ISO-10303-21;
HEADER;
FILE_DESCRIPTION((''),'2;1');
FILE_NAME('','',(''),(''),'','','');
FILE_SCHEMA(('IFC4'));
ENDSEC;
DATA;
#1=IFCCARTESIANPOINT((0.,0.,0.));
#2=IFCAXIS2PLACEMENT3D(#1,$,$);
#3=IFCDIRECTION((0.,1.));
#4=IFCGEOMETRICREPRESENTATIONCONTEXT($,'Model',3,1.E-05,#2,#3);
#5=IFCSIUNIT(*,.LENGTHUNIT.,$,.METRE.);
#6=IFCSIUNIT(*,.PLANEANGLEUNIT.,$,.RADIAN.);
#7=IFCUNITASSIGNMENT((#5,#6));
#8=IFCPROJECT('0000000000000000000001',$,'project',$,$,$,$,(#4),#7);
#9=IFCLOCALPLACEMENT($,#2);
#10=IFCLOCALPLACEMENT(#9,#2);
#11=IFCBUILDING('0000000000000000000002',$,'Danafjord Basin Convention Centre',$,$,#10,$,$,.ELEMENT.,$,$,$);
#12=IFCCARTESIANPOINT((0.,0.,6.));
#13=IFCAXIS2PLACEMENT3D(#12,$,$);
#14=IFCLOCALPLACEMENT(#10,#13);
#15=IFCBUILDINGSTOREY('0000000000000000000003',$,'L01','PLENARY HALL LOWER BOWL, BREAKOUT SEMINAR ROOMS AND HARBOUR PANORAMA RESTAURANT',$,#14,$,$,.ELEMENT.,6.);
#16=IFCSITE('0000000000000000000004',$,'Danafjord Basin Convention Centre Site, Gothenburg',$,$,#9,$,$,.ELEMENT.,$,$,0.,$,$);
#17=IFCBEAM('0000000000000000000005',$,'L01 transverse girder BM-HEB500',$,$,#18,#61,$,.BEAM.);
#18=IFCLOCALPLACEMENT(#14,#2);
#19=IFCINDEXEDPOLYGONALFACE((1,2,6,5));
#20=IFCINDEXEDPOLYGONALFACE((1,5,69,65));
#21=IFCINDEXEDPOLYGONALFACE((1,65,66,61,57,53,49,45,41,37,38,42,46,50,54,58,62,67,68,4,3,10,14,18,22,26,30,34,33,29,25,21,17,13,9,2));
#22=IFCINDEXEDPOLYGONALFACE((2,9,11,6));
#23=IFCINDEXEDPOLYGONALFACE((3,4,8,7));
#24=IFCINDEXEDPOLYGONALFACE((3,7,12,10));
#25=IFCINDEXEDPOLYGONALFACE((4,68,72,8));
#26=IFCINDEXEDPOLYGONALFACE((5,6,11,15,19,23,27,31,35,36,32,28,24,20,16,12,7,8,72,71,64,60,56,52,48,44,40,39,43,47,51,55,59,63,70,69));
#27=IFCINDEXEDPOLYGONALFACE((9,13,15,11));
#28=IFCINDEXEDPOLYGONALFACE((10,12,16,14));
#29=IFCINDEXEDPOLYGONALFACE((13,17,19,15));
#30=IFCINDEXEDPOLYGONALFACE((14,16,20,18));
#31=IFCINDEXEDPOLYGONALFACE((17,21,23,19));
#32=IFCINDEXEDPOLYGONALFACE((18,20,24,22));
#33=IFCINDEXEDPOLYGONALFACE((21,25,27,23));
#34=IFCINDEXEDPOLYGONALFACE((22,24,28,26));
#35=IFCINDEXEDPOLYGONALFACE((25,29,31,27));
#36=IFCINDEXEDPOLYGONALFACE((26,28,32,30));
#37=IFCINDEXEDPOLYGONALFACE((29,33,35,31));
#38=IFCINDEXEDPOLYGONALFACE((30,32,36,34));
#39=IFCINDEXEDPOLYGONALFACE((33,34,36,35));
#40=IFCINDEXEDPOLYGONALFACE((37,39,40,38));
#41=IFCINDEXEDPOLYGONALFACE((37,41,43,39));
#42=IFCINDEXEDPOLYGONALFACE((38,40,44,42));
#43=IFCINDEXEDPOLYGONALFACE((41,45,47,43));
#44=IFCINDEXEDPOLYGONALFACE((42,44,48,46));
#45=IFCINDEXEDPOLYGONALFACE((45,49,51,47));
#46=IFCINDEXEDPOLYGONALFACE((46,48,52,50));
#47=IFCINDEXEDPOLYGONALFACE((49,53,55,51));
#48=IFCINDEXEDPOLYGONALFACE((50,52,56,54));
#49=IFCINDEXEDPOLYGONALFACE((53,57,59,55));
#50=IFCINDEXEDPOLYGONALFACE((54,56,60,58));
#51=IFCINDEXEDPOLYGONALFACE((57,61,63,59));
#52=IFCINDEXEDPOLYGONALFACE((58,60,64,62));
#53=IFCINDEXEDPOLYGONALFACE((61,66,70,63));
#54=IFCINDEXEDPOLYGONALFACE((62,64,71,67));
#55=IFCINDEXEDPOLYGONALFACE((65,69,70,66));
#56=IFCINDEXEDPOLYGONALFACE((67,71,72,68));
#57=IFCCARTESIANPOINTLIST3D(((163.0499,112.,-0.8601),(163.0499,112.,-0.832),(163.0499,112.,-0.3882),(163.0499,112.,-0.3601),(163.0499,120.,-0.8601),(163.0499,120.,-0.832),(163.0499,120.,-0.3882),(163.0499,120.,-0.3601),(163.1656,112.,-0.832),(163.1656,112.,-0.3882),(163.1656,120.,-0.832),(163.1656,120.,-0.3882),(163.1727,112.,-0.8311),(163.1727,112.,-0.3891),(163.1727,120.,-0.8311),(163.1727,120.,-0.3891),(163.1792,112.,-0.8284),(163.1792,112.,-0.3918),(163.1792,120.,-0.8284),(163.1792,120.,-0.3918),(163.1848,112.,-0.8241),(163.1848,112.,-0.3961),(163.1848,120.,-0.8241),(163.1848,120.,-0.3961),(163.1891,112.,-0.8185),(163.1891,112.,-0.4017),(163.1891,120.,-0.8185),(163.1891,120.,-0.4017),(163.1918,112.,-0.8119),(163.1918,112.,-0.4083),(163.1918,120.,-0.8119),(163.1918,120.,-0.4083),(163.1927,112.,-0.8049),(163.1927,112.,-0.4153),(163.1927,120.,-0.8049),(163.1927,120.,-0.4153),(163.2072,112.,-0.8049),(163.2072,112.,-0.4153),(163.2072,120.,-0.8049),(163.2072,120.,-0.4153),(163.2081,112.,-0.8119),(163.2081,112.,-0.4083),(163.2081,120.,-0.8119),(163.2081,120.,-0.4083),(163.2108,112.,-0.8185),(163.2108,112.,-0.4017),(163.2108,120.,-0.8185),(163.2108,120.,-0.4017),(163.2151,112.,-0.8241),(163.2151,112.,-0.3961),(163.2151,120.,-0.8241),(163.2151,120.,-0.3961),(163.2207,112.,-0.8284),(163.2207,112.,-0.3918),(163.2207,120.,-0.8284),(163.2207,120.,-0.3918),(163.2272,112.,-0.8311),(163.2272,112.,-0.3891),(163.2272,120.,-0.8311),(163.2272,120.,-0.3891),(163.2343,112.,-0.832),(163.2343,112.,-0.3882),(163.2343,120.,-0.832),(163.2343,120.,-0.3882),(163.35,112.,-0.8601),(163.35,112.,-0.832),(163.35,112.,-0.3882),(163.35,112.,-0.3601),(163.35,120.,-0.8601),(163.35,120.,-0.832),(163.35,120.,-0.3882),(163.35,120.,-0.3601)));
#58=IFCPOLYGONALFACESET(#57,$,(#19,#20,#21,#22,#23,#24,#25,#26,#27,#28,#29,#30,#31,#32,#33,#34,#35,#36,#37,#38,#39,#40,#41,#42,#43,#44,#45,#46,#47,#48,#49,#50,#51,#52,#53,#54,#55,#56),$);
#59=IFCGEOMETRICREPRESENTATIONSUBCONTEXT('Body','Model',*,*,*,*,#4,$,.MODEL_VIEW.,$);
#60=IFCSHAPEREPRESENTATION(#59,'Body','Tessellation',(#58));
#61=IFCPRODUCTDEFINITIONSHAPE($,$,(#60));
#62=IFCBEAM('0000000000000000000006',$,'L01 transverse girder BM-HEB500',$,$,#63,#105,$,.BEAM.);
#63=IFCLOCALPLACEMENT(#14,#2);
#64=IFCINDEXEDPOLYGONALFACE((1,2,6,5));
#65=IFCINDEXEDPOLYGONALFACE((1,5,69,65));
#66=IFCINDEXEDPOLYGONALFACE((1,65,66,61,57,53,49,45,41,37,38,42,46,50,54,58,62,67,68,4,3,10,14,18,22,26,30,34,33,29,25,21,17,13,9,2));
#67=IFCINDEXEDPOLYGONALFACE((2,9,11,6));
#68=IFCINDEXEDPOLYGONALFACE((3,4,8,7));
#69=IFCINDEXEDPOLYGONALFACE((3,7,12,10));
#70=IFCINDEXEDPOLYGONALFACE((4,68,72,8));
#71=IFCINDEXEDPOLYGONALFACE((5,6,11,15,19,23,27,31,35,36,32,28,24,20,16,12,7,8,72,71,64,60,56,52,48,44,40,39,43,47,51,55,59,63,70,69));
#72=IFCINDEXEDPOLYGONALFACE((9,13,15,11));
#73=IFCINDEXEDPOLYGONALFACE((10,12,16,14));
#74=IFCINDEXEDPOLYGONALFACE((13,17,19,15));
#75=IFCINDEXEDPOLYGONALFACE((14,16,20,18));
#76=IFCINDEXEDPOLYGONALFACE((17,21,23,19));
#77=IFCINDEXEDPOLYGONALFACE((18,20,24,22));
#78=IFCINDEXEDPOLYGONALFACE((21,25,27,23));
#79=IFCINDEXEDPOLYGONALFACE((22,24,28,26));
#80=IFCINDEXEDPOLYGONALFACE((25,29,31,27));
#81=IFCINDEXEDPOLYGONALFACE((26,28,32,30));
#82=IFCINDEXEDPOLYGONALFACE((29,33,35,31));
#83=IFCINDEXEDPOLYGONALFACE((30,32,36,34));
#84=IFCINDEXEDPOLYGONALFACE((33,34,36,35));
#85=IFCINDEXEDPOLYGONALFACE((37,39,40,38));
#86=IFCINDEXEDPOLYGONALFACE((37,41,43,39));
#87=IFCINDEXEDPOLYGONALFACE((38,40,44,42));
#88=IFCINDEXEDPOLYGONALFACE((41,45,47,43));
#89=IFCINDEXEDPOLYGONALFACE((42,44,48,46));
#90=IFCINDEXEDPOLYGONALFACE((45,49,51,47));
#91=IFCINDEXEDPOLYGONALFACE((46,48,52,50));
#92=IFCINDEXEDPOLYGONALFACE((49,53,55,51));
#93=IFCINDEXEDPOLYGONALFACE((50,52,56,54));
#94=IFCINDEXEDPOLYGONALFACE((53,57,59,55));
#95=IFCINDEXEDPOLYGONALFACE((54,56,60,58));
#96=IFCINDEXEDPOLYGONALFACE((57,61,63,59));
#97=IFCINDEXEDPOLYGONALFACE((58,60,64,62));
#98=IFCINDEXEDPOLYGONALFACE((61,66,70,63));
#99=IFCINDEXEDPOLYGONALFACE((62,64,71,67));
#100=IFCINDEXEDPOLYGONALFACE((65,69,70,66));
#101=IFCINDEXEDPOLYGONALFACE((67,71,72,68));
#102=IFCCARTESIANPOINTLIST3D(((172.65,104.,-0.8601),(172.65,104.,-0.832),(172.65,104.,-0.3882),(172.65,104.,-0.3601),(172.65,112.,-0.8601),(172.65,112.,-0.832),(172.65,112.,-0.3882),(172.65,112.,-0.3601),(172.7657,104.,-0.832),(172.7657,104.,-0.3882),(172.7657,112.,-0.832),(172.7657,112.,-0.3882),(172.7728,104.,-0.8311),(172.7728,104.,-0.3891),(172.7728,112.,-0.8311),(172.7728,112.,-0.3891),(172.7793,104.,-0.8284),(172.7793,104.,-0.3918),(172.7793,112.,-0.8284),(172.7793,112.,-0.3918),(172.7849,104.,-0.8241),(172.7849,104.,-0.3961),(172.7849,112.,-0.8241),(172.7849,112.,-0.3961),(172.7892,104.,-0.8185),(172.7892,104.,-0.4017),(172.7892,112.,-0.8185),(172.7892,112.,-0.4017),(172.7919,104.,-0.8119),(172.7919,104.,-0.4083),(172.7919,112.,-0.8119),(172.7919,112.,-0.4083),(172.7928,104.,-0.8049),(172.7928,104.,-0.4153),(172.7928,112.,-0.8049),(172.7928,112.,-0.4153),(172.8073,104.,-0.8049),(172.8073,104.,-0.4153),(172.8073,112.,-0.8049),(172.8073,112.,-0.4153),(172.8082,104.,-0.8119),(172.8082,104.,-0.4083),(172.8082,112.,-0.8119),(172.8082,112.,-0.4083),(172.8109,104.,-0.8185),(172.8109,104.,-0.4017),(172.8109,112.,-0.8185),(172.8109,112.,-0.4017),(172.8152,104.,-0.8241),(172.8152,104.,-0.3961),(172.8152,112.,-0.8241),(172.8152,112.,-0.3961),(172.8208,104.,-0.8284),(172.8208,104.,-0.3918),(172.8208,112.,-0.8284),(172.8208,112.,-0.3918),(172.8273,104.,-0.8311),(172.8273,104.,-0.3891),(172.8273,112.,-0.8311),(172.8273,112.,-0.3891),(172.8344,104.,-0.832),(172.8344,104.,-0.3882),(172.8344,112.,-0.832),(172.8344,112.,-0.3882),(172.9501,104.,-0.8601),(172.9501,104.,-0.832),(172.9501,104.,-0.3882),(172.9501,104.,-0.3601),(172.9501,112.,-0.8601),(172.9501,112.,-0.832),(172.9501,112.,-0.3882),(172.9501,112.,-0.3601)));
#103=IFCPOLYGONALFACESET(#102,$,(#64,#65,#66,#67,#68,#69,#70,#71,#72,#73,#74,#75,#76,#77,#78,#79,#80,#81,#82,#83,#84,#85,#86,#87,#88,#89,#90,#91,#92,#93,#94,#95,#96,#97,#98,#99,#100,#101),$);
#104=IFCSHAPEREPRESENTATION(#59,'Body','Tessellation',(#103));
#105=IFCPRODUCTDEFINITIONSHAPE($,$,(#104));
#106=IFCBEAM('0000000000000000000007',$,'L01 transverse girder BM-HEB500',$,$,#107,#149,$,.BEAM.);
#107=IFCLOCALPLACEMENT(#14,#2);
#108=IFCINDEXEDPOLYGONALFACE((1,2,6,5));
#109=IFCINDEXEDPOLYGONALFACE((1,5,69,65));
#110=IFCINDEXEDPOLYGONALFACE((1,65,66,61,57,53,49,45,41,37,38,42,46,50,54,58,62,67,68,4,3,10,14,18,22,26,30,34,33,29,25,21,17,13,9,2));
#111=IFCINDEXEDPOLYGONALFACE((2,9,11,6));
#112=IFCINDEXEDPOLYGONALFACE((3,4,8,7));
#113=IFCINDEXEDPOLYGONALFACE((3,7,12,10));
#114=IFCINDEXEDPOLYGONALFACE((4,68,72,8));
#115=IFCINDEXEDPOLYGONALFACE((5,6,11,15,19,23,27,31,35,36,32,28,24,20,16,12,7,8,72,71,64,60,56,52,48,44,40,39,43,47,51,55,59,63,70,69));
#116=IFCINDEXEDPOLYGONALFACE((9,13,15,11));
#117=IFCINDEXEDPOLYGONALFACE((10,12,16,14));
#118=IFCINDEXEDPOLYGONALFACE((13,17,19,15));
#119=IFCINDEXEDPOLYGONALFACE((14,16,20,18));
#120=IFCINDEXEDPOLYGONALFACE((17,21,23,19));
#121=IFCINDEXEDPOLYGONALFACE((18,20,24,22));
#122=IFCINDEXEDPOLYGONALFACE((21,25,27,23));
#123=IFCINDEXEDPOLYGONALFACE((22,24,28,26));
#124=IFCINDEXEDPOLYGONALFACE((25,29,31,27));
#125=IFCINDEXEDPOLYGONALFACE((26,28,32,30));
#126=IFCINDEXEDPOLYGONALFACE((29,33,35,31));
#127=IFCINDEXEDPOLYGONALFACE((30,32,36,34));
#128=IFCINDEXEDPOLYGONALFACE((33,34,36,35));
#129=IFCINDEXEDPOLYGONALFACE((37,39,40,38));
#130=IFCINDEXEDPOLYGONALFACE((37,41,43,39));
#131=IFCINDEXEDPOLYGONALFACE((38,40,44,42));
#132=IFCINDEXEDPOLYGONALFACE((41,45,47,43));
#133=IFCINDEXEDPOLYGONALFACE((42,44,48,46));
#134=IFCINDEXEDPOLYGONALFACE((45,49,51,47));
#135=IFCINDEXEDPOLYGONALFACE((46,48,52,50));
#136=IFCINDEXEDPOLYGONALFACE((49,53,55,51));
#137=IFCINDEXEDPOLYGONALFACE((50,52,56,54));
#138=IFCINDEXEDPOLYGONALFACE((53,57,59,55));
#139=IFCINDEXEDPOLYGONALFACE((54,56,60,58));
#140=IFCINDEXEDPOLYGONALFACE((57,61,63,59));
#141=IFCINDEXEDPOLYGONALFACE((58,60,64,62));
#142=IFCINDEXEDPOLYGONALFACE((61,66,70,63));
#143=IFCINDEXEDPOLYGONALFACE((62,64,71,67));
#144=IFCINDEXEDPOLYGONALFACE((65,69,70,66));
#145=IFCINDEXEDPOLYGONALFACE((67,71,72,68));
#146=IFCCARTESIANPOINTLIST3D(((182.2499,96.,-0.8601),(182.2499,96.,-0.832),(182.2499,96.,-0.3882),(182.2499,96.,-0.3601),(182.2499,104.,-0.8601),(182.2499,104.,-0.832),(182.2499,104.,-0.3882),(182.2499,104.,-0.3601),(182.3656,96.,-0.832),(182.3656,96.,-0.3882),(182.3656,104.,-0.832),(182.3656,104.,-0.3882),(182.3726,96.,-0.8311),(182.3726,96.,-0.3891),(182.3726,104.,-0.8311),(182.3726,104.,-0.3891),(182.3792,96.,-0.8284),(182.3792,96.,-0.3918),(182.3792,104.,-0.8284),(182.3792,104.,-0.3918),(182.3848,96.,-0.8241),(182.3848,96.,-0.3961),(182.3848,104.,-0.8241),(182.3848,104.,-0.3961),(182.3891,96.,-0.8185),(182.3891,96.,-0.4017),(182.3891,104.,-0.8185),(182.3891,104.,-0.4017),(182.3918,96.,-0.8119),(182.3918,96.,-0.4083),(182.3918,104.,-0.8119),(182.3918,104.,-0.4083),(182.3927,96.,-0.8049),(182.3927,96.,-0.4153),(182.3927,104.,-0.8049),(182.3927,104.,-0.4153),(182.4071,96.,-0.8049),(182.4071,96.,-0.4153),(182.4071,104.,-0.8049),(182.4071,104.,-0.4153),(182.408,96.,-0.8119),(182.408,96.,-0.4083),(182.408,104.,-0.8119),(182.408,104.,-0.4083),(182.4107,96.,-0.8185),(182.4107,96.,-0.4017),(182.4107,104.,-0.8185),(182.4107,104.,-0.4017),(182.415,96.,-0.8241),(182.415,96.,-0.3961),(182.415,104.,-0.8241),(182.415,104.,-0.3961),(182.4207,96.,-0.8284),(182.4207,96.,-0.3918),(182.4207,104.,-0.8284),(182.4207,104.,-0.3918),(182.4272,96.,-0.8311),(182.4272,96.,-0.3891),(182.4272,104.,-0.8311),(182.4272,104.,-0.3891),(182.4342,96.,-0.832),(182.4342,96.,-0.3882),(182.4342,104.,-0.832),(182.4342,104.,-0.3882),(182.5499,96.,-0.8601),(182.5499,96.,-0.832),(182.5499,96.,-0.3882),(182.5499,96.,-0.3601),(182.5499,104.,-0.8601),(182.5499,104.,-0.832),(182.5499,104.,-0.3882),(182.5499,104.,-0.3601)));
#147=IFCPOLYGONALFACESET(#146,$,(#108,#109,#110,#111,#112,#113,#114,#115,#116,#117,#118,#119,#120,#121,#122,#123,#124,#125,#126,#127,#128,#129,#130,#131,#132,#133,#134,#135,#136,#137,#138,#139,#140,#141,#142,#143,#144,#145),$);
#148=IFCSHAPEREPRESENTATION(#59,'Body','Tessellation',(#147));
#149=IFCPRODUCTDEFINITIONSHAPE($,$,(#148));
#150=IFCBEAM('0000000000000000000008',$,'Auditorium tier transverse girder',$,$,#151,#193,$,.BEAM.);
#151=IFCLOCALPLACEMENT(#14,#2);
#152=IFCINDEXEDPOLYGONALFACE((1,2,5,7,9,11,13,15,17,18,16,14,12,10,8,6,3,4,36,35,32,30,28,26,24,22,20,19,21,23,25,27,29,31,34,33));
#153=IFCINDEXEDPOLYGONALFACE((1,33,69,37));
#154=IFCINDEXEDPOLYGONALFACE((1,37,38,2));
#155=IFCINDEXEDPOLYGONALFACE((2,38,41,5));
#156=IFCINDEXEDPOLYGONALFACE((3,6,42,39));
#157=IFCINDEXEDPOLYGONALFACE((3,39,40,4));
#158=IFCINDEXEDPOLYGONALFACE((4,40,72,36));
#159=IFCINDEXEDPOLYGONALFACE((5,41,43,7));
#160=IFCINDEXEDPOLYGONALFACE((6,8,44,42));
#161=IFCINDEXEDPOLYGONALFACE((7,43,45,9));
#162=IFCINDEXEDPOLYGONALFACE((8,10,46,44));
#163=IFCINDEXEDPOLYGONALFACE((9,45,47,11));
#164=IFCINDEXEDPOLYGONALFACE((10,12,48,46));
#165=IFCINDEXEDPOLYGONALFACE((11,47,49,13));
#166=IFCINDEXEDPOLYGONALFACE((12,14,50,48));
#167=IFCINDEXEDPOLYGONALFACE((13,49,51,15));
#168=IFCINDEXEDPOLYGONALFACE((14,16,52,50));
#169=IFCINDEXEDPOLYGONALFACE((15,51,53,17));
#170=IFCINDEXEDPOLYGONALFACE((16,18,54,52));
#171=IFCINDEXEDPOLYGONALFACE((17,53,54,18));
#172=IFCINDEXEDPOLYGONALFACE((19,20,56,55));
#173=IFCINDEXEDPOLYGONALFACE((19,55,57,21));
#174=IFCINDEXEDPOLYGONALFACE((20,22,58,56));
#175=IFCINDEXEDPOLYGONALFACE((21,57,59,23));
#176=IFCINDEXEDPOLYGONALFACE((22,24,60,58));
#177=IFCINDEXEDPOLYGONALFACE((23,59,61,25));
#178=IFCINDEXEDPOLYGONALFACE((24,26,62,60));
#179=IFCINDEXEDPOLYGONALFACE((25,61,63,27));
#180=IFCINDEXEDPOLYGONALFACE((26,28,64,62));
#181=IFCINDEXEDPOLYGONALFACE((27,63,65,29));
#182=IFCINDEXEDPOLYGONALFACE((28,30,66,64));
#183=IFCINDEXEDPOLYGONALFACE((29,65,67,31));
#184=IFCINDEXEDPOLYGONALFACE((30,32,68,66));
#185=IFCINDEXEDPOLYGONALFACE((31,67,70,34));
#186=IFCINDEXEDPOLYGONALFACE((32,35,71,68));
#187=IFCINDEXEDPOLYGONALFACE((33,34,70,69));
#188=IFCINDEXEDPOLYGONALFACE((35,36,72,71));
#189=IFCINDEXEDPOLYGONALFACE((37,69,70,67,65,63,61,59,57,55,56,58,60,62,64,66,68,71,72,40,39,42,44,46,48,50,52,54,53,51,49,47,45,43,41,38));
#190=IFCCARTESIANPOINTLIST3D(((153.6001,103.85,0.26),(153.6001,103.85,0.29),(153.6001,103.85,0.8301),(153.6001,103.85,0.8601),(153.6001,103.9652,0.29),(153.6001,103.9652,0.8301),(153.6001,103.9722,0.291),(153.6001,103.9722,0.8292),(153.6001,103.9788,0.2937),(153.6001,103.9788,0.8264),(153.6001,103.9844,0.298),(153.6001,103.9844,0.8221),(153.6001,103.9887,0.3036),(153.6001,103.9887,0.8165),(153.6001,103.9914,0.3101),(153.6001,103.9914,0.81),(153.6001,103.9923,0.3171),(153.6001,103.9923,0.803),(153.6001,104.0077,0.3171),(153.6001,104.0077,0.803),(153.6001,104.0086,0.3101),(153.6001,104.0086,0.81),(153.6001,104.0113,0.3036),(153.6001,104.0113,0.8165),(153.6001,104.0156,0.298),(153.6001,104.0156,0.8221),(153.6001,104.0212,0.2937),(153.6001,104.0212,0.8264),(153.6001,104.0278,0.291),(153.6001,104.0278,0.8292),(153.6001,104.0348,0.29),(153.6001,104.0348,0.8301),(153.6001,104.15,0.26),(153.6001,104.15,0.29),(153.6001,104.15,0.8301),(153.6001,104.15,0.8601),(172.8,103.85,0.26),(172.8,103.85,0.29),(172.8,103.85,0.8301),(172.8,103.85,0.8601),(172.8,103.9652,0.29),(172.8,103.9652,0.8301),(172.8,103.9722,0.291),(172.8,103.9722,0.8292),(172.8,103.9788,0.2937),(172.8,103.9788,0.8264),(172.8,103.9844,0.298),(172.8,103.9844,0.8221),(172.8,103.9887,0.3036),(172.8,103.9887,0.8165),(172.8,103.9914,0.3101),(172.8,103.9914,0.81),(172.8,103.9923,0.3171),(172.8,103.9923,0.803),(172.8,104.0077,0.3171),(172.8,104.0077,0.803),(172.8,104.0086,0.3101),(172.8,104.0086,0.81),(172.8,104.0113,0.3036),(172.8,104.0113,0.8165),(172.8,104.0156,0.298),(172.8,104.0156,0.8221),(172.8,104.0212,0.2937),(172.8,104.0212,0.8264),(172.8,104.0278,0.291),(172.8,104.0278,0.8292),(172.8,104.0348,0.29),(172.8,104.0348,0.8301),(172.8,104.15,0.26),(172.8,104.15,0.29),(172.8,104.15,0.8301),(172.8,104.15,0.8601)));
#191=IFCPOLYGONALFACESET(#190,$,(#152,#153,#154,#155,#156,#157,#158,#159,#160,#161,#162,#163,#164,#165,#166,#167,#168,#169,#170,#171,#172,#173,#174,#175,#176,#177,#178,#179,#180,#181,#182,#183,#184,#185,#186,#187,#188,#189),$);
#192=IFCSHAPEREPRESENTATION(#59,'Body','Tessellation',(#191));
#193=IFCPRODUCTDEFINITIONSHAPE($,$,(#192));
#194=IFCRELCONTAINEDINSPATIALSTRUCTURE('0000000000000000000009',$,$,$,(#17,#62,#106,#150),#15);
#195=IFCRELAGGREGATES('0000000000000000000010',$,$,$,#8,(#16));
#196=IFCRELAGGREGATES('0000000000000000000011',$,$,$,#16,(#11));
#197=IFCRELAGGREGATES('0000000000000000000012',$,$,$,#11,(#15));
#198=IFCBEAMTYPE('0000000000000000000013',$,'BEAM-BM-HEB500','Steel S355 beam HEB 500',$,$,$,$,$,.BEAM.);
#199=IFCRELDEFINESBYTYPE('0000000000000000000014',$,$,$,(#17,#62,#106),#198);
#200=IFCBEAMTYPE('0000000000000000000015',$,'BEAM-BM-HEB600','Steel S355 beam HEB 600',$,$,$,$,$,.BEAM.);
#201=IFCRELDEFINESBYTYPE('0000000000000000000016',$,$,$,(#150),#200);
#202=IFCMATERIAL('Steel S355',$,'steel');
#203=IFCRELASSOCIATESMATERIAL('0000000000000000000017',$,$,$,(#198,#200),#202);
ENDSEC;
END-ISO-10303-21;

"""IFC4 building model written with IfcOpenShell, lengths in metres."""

from ifc_helpers import new_model, si_unit, direction, frame, origin, origin_2d, place, context, subcontext, project, spatial, i_section, extrude, material, material_profile, profile_set, type_object, element, save


model = new_model("IFC4")

# Units and contexts
model_context = context("Model", 3, precision=1e-05, world=origin(), true_north=direction((0.0, 1.0)))
body_context = subcontext(model_context, "Body", "Model", "MODEL_VIEW")
ifc_project = project(units=[si_unit("LENGTHUNIT", "METRE"), si_unit("PLANEANGLEUNIT", "RADIAN")], contexts=[model_context])

# Site, building, storey
site_placement = place(None, origin())
site = spatial("IfcSite", under=ifc_project, at=site_placement, Name="Danafjord Basin Convention Centre Site, Gothenburg", CompositionType="ELEMENT", RefElevation=0.0)
building_placement = place(site_placement, origin())
building = spatial("IfcBuilding", under=site, at=building_placement, Name="Danafjord Basin Convention Centre", CompositionType="ELEMENT")
storey_placement = place(building_placement, frame((0.0, 0.0, 6.0)))
storey = spatial("IfcBuildingStorey", under=building, at=storey_placement, Name="L01", Description="PLENARY HALL LOWER BOWL, BREAKOUT SEMINAR ROOMS AND HARBOUR PANORAMA RESTAURANT", CompositionType="ELEMENT", Elevation=6.0)

# Shared definitions
ifc_material = material(Name="Steel S355", Category="steel")

# Beams
ifc_material_profile_1 = material_profile(ifc_material, i_section(OverallWidth=0.3, OverallDepth=0.5, WebThickness=0.0144, FlangeThickness=0.0281, FilletRadius=0.0271, at=origin_2d()), Name="HEB 500")
ifc_profile_set_1 = profile_set([ifc_material_profile_1], Name="Steel S355")
beam_type_1 = type_object("IfcBeamType", Name="BEAM-BM-HEB500", Description="Steel S355 beam HEB 500", PredefinedType="BEAM", material=ifc_profile_set_1)
for number, where, z_axis, x_axis, name in (
    (1, (163.2, 112.0, -0.6101), (0.0, 1.0, 0.0), (-1.0, 0.0, 0.0), "L01 transverse girder BM-HEB500"),
    (2, (172.8, 104.0, -0.6101), (0.0, 1.0, 0.0), (-1.0, 0.0, 0.0), "L01 transverse girder BM-HEB500"),
    (3, (182.3999, 96.0, -0.6101), (0.0, 1.0, 0.0), (-1.0, 0.0, 0.0), "L01 transverse girder BM-HEB500"),
):
    element("IfcBeam", number, at=place(storey_placement, frame(where, z_axis=z_axis, x_axis=x_axis)), inside=storey, type_object=beam_type_1, Name=name, PredefinedType="BEAM", context=body_context, shape_type="SweptSolid", body=[
        extrude(i_section(OverallWidth=0.3, OverallDepth=0.5, WebThickness=0.0144, FlangeThickness=0.0281, FilletRadius=0.0271, at=origin_2d()), origin(), (0.0, 0.0, 1.0), 8.0),
    ])
ifc_material_profile_2 = material_profile(ifc_material, i_section(OverallWidth=0.3, OverallDepth=0.6001, WebThickness=0.0154, FlangeThickness=0.03, FilletRadius=0.0271, at=origin_2d()), Name="HEB 600")
ifc_profile_set_2 = profile_set([ifc_material_profile_2], Name="Steel S355")
beam_type_2 = type_object("IfcBeamType", Name="BEAM-BM-HEB600", Description="Steel S355 beam HEB 600", PredefinedType="BEAM", material=ifc_profile_set_2)
for number, where, z_axis, x_axis, name in (
    (4, (153.6001, 104.0, 0.5601), (1.0, 0.0, 0.0), (0.0, 1.0, 0.0), "Auditorium tier transverse girder"),
):
    element("IfcBeam", number, at=place(storey_placement, frame(where, z_axis=z_axis, x_axis=x_axis)), inside=storey, type_object=beam_type_2, Name=name, PredefinedType="BEAM", context=body_context, shape_type="SweptSolid", body=[
        extrude(i_section(OverallWidth=0.3, OverallDepth=0.6001, WebThickness=0.0154, FlangeThickness=0.03, FilletRadius=0.0271, at=origin_2d()), origin(), (0.0, 0.0, 1.0), 19.2),
    ])

save(model, "model.ifc")
